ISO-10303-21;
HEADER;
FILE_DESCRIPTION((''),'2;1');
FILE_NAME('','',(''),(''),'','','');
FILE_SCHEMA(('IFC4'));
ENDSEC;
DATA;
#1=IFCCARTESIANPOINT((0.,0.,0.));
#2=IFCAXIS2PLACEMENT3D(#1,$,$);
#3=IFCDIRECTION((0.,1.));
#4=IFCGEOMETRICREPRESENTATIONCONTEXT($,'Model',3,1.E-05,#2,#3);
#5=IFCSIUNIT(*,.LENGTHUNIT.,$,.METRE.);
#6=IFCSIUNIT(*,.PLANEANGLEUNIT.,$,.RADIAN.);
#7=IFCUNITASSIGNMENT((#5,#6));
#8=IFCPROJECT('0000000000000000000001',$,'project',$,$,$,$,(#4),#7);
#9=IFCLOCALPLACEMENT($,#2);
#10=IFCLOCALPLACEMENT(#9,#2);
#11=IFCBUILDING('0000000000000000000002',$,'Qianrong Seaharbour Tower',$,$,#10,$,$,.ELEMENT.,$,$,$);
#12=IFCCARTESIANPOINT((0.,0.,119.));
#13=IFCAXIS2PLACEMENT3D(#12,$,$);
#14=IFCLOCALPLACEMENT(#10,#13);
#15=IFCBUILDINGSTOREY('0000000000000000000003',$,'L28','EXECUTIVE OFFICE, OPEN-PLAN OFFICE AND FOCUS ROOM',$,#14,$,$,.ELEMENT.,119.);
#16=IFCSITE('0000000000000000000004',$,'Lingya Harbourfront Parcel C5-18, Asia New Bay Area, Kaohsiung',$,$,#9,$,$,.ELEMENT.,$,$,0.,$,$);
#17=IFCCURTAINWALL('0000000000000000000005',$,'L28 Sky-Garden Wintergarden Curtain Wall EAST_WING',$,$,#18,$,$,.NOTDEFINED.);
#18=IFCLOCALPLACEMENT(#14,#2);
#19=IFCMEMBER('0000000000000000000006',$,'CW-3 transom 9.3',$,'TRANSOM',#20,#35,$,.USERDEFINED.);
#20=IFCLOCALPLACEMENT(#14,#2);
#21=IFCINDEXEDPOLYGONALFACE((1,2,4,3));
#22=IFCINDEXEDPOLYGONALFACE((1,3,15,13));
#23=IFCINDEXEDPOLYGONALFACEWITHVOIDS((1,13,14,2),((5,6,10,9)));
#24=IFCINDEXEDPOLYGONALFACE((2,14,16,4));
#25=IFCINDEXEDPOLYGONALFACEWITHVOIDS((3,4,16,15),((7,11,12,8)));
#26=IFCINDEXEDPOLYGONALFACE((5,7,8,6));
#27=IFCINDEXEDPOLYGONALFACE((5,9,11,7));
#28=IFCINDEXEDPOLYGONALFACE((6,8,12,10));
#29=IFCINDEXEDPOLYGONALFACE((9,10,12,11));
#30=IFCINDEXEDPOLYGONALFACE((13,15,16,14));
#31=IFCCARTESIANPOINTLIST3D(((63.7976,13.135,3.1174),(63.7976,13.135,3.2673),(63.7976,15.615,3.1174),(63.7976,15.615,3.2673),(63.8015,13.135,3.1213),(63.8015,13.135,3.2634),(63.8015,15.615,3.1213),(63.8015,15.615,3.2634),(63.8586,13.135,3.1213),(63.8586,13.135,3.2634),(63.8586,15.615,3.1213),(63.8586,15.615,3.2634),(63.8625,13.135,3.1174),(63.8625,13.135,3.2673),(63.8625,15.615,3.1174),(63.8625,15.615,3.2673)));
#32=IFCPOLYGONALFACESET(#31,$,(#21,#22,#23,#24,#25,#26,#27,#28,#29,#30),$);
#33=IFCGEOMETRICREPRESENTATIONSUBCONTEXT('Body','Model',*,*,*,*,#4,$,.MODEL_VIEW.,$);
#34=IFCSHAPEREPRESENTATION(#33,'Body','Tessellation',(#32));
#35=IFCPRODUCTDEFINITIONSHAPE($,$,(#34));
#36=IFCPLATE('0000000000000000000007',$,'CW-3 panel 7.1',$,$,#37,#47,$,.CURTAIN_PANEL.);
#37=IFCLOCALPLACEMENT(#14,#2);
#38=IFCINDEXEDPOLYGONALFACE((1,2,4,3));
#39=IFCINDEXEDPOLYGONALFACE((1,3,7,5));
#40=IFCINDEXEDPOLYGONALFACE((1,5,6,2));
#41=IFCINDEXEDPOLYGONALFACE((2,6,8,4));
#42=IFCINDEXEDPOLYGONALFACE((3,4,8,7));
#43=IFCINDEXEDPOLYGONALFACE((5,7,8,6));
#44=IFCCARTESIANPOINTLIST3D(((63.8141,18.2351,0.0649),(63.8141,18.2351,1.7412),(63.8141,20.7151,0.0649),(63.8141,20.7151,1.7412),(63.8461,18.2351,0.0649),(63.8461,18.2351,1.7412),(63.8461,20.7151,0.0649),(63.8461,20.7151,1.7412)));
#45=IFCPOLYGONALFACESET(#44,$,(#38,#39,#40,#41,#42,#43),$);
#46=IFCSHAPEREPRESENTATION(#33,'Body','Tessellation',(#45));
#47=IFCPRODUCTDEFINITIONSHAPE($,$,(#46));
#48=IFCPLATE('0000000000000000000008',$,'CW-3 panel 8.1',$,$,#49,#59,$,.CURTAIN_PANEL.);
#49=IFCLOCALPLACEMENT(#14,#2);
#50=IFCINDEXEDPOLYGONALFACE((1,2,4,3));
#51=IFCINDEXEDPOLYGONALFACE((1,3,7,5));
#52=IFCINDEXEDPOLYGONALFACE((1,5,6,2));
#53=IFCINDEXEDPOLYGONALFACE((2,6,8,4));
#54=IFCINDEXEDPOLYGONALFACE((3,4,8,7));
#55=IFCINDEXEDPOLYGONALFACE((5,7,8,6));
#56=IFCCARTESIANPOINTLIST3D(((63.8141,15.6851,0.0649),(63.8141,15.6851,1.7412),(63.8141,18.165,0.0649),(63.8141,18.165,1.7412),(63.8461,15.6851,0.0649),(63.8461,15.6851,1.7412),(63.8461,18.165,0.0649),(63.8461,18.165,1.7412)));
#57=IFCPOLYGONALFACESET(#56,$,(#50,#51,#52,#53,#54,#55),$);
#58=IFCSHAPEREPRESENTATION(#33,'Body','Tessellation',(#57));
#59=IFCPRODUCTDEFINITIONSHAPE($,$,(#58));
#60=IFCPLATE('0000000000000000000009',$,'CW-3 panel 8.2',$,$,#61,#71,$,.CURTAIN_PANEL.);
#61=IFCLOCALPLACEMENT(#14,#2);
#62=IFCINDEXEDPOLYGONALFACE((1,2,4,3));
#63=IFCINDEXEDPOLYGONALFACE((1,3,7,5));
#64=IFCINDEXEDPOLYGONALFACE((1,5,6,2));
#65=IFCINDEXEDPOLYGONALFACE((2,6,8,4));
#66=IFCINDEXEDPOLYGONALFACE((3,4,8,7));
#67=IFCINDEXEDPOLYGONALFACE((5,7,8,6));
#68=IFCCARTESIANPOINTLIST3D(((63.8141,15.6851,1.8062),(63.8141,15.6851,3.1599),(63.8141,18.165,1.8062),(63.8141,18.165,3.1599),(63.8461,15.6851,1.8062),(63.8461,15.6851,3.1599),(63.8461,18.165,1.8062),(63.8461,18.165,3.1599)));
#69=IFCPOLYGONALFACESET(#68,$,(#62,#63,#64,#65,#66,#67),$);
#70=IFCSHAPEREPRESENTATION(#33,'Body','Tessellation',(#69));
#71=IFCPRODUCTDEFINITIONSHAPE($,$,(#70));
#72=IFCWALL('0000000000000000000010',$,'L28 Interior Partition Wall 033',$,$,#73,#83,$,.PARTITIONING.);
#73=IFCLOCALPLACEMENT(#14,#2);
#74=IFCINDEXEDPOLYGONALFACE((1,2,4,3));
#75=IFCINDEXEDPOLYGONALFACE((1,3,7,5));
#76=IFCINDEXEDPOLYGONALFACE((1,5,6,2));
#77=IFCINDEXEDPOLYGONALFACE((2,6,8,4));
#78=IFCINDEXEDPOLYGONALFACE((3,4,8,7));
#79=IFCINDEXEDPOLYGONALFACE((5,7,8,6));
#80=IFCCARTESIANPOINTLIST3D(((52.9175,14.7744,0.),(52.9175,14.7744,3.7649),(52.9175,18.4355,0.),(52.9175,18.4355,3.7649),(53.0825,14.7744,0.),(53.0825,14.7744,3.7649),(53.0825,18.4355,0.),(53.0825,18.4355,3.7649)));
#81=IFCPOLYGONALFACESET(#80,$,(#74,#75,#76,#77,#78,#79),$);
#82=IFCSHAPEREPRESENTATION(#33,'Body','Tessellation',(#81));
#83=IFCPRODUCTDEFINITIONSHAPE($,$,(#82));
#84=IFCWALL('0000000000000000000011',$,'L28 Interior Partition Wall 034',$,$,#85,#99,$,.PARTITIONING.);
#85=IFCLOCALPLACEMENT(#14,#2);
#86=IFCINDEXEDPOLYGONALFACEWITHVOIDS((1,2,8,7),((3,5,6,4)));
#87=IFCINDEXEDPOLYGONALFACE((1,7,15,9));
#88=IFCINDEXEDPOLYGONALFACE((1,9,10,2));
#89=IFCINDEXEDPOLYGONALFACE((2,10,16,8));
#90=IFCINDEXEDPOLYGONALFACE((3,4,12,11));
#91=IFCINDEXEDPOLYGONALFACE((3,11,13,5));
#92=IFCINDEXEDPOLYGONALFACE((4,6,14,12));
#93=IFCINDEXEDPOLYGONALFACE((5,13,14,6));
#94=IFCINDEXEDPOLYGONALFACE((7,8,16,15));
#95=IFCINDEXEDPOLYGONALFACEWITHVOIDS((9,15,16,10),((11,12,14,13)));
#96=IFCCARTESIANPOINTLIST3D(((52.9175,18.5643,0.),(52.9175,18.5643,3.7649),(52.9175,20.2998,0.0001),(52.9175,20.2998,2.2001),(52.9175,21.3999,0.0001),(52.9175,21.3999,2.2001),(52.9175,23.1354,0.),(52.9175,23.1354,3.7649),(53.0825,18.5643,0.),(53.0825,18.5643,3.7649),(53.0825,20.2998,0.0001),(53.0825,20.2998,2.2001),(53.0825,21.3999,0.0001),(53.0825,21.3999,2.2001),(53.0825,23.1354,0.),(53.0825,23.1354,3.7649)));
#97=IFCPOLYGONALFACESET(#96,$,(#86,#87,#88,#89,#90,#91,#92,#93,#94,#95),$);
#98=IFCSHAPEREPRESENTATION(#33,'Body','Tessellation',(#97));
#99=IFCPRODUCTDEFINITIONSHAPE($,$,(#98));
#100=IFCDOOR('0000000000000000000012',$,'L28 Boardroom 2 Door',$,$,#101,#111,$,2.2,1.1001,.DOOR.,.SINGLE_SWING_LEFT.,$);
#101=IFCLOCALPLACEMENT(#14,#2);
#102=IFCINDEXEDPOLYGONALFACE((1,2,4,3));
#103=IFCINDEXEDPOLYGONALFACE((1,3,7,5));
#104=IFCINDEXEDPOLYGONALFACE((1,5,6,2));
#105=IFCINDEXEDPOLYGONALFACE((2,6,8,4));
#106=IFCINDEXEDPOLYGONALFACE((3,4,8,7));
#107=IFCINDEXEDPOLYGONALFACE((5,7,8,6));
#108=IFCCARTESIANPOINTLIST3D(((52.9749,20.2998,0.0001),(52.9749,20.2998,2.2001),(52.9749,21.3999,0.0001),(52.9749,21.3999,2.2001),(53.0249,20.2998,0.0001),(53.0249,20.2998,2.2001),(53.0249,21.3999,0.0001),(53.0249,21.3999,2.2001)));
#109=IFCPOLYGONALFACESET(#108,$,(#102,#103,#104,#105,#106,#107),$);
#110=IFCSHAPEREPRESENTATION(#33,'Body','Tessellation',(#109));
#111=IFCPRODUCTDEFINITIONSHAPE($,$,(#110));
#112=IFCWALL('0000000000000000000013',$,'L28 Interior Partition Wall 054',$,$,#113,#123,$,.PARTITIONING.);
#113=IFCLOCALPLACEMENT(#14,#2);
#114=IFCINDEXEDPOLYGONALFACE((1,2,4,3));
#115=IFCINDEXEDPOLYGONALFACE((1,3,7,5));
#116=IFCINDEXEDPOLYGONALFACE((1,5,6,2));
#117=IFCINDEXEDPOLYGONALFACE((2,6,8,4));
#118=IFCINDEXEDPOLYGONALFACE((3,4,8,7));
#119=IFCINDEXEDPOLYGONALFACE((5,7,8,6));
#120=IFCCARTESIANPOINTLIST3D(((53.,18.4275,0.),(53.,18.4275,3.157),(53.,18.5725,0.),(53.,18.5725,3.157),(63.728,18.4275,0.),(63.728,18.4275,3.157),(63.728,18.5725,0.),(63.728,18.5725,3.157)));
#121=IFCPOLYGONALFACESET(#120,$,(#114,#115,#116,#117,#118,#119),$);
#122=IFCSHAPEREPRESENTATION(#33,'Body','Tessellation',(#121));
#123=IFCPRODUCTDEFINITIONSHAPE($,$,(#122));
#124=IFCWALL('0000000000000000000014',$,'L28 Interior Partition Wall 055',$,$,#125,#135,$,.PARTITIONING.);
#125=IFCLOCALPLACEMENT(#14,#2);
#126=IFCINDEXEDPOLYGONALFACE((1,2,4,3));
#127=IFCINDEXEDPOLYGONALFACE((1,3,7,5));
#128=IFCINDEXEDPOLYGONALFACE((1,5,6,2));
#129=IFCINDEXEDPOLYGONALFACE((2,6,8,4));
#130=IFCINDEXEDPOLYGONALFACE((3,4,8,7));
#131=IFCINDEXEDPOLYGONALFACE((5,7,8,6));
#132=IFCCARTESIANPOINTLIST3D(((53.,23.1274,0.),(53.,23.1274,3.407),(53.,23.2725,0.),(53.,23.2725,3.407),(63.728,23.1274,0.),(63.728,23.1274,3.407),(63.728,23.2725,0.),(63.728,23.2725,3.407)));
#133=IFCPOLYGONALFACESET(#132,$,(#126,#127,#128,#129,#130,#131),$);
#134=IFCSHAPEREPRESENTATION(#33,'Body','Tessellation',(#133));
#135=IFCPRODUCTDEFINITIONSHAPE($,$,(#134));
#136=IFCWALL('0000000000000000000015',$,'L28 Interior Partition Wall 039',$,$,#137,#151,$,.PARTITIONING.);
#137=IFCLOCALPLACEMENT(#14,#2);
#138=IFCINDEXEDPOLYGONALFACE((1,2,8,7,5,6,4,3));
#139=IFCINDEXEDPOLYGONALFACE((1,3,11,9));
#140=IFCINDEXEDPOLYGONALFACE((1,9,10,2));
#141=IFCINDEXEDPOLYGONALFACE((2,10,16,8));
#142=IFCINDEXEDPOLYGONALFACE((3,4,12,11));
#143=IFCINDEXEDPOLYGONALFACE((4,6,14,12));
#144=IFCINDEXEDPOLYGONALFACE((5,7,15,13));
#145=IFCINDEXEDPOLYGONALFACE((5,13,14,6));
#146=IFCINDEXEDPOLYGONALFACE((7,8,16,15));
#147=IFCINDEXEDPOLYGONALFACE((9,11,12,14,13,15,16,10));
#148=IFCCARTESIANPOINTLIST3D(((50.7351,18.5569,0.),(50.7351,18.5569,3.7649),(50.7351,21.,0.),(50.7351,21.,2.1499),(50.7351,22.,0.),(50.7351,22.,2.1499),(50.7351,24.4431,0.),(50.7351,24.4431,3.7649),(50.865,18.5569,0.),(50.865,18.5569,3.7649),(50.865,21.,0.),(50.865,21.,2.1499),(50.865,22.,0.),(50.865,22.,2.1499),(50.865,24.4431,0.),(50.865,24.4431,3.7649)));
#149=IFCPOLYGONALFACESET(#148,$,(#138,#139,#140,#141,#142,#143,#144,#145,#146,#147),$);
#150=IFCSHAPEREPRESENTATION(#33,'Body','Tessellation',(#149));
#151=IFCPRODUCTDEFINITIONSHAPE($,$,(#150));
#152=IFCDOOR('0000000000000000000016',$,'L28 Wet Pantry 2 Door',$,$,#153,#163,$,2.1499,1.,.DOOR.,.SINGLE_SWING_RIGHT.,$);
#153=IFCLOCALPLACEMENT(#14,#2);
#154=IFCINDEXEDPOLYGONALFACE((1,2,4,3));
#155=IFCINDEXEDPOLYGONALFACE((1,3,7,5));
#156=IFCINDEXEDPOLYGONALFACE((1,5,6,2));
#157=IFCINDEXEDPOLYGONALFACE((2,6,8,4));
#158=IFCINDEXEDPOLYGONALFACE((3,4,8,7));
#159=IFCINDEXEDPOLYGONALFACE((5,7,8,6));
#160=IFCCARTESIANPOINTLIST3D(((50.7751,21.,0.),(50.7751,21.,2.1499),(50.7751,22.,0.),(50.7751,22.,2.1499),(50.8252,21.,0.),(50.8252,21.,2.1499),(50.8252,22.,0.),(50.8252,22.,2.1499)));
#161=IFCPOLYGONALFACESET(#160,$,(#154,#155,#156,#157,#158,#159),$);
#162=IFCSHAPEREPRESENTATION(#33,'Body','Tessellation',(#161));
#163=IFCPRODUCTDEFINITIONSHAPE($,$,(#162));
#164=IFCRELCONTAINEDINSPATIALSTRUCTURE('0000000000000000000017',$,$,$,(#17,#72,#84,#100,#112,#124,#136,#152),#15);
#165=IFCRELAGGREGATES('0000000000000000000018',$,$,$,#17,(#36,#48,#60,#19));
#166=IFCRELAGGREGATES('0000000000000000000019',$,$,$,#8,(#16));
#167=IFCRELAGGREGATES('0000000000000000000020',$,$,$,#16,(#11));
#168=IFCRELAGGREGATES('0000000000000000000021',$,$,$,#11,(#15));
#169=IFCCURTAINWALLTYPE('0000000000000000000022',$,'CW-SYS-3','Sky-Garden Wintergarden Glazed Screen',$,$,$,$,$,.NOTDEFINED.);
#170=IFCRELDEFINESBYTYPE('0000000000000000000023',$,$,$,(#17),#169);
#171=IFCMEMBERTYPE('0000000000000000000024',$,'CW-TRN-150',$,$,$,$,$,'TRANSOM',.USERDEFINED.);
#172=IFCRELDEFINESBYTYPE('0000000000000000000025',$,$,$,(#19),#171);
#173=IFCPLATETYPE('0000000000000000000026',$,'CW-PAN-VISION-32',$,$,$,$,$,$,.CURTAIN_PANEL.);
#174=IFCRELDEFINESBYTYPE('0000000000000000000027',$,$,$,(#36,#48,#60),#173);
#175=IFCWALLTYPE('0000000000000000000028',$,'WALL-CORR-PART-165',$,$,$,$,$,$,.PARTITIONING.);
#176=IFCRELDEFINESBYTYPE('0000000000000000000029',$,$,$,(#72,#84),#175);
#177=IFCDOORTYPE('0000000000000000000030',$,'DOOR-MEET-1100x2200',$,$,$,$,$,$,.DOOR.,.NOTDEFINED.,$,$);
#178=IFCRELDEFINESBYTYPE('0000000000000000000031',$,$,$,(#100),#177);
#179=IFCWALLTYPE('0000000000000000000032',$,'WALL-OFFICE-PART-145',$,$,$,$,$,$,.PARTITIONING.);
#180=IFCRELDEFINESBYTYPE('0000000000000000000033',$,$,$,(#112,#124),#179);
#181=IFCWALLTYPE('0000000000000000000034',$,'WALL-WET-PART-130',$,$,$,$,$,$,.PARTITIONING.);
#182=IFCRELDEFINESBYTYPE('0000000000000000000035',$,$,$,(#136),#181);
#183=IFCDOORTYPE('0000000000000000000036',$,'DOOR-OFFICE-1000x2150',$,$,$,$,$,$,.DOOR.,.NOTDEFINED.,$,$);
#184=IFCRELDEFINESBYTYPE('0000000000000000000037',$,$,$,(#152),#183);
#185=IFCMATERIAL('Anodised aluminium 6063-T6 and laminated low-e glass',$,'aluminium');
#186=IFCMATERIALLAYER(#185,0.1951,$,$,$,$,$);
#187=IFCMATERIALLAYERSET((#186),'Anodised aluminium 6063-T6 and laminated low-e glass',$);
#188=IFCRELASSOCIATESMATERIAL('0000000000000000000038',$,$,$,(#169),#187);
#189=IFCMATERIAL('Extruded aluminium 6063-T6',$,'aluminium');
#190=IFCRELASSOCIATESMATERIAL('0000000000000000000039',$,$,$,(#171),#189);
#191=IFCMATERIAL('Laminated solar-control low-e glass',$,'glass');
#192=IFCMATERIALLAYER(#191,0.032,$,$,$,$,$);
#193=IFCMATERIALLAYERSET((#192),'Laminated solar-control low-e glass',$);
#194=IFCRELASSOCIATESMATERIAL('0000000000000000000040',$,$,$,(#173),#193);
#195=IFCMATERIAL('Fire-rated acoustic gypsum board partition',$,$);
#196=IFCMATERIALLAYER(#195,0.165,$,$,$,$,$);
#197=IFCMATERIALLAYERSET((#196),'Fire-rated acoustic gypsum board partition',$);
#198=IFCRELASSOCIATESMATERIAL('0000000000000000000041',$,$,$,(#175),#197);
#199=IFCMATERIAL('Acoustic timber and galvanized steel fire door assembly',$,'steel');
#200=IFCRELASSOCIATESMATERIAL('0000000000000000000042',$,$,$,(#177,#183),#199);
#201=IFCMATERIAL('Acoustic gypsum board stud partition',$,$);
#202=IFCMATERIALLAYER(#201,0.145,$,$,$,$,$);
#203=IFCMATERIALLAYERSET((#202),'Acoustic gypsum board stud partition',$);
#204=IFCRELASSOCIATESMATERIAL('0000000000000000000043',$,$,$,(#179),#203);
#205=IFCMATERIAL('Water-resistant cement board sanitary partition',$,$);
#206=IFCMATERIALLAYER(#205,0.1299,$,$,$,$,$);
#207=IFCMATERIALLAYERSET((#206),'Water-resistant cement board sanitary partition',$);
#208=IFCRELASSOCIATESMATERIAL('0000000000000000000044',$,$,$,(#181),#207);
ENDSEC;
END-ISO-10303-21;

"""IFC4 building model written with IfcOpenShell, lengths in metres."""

from ifc_helpers import new_model, si_unit, direction, frame, frame_2d, origin, origin_2d, place, context, subcontext, project, spatial, rectangle, hollow_rectangle, extrude, material, layer, layer_set, material_profile, profile_set, type_object, element, fill, aggregate, save


model = new_model("IFC4")

# Units and contexts
model_context = context("Model", 3, precision=1e-05, world=origin(), true_north=direction((0.0, 1.0)))
body_context = subcontext(model_context, "Body", "Model", "MODEL_VIEW")
ifc_project = project(units=[si_unit("LENGTHUNIT", "METRE"), si_unit("PLANEANGLEUNIT", "RADIAN")], contexts=[model_context])

# Site, building, storey
site_placement = place(None, origin())
site = spatial("IfcSite", under=ifc_project, at=site_placement, Name="Lingya Harbourfront Parcel C5-18, Asia New Bay Area, Kaohsiung", CompositionType="ELEMENT", RefElevation=0.0)
building_placement = place(site_placement, origin())
building = spatial("IfcBuilding", under=site, at=building_placement, Name="Qianrong Seaharbour Tower", CompositionType="ELEMENT")
storey_placement = place(building_placement, frame((0.0, 0.0, 119.0)))
storey = spatial("IfcBuildingStorey", under=building, at=storey_placement, Name="L28", Description="EXECUTIVE OFFICE, OPEN-PLAN OFFICE AND FOCUS ROOM", CompositionType="ELEMENT", Elevation=119.0)

# Curtain wall, member, plates
ifc_material_1 = material(Name="Anodised aluminium 6063-T6 and laminated low-e glass", Category="aluminium")
ifc_layer_1 = layer(ifc_material_1, 0.1951)
ifc_layer_set_1 = layer_set([ifc_layer_1], Name="Anodised aluminium 6063-T6 and laminated low-e glass")
curtain_wall_type = type_object("IfcCurtainWallType", Name="CW-SYS-3", Description="Sky-Garden Wintergarden Glazed Screen", PredefinedType="NOTDEFINED", material=ifc_layer_set_1)
curtain_wall_placement = place(storey_placement, origin())
curtain_wall = element("IfcCurtainWall", 1, at=curtain_wall_placement, inside=storey, type_object=curtain_wall_type, Name="L28 Sky-Garden Wintergarden Curtain Wall EAST_WING", PredefinedType="NOTDEFINED")
ifc_material_2 = material(Name="Extruded aluminium 6063-T6", Category="aluminium")
ifc_material_profile_1 = material_profile(ifc_material_2, hollow_rectangle(XDim=0.0649, YDim=0.1499, WallThickness=0.0039, at=origin_2d()), Name="ALU-TRN-150x65x4")
ifc_profile_set_1 = profile_set([ifc_material_profile_1], Name="Extruded aluminium 6063-T6")
member_type_1 = type_object("IfcMemberType", Name="CW-TRN-150", ElementType="TRANSOM", PredefinedType="USERDEFINED", material=ifc_profile_set_1)
member_1_placement = place(storey_placement, frame((63.8301, 15.615, 3.1924), z_axis=(0.0, -1.0, 0.0), x_axis=(1.0, 0.0, 0.0)))
member_1 = element("IfcMember", 2, at=member_1_placement, type_object=member_type_1, Name="CW-3 transom 9.3", ObjectType="TRANSOM", PredefinedType="USERDEFINED", context=body_context, shape_type="SweptSolid", body=[
    extrude(hollow_rectangle(XDim=0.0649, YDim=0.1499, WallThickness=0.0039, at=origin_2d()), origin(), (0.0, 0.0, 1.0), 2.48),
])
ifc_material_3 = material(Name="Laminated solar-control low-e glass", Category="glass")
ifc_layer_2 = layer(ifc_material_3, 0.032)
ifc_layer_set_2 = layer_set([ifc_layer_2], Name="Laminated solar-control low-e glass")
plate_type = type_object("IfcPlateType", Name="CW-PAN-VISION-32", PredefinedType="CURTAIN_PANEL", material=ifc_layer_set_2)
plate_1_placement = place(storey_placement, frame((63.8301, 19.4751, 0.0649), z_axis=(0.0, 0.0, 1.0), x_axis=(0.0, -1.0, 0.0)))
plate_1 = element("IfcPlate", 3, at=plate_1_placement, type_object=plate_type, Name="CW-3 panel 7.1", PredefinedType="CURTAIN_PANEL", context=body_context, shape_type="SweptSolid", body=[
    extrude(rectangle(XDim=2.48, YDim=0.032, at=origin_2d()), origin(), (0.0, 0.0, 1.0), 1.6763),
])
plate_2_placement = place(storey_placement, frame((63.8301, 16.925, 0.0649), z_axis=(0.0, 0.0, 1.0), x_axis=(0.0, -1.0, 0.0)))
plate_2 = element("IfcPlate", 4, at=plate_2_placement, type_object=plate_type, Name="CW-3 panel 8.1", PredefinedType="CURTAIN_PANEL", context=body_context, shape_type="SweptSolid", body=[
    extrude(rectangle(XDim=2.48, YDim=0.032, at=origin_2d()), origin(), (0.0, 0.0, 1.0), 1.6763),
])
plate_3_placement = place(storey_placement, frame((63.8301, 16.925, 1.8062), z_axis=(0.0, 0.0, 1.0), x_axis=(0.0, -1.0, 0.0)))
plate_3 = element("IfcPlate", 5, at=plate_3_placement, type_object=plate_type, Name="CW-3 panel 8.2", PredefinedType="CURTAIN_PANEL", context=body_context, shape_type="SweptSolid", body=[
    extrude(rectangle(XDim=2.48, YDim=0.032, at=origin_2d()), origin(), (0.0, 0.0, 1.0), 1.3538),
])
aggregate(curtain_wall, [plate_1, plate_2, plate_3, member_1])

# Wall
ifc_material_4 = material(Name="Fire-rated acoustic gypsum board partition")
ifc_layer_3 = layer(ifc_material_4, 0.165)
ifc_layer_set_3 = layer_set([ifc_layer_3], Name="Fire-rated acoustic gypsum board partition")
wall_type_1 = type_object("IfcWallType", Name="WALL-CORR-PART-165", PredefinedType="PARTITIONING", material=ifc_layer_set_3)
wall_1_placement = place(storey_placement, frame((53.0, 18.4355, 0.0), z_axis=(0.0, 0.0, 1.0), x_axis=(0.0, -1.0, 0.0)))
element("IfcWall", 6, at=wall_1_placement, inside=storey, type_object=wall_type_1, Name="L28 Interior Partition Wall 033", PredefinedType="PARTITIONING", context=body_context, shape_type="SweptSolid", body=[
    extrude(rectangle(XDim=3.6611, YDim=0.165, at=frame_2d((1.8306, 0.0))), origin(), (0.0, 0.0, 1.0), 3.7649),
])

# Wall, opening, door
wall_2_placement = place(storey_placement, frame((53.0, 23.1355, 0.0), z_axis=(0.0, 0.0, 1.0), x_axis=(0.0, -1.0, 0.0)))
wall_2 = element("IfcWall", 7, at=wall_2_placement, inside=storey, type_object=wall_type_1, Name="L28 Interior Partition Wall 034", PredefinedType="PARTITIONING", context=body_context, shape_type="SweptSolid", body=[
    extrude(rectangle(XDim=4.571, YDim=0.165, at=frame_2d((2.2856, 0.0))), origin(), (0.0, 0.0, 1.0), 3.7649),
])
opening_1_placement = place(wall_2_placement, frame((1.7356, 0.0, 0.0)))
opening_1 = element("IfcOpeningElement", 8, at=opening_1_placement, cuts=wall_2, PredefinedType="OPENING", context=body_context, shape_type="SweptSolid", body=[
    extrude(rectangle(XDim=1.1001, YDim=2.2, at=frame_2d((0.55, 1.1001))), frame((0.0, 0.0925, 0.0), z_axis=(0.0, -1.0, 0.0), x_axis=(1.0, 0.0, 0.0)), (0.0, 0.0, 1.0), 0.1851),
])
ifc_material_5 = material(Name="Acoustic timber and galvanized steel fire door assembly", Category="steel")
door_type_1 = type_object("IfcDoorType", Name="DOOR-MEET-1100x2200", OperationType="NOTDEFINED", PredefinedType="DOOR", material=ifc_material_5)
door_1_placement = place(opening_1_placement, origin())
door_1 = element("IfcDoor", 9, at=door_1_placement, inside=storey, type_object=door_type_1, Name="L28 Boardroom 2 Door", OperationType="SINGLE_SWING_LEFT", OverallHeight=2.2, OverallWidth=1.1001, PredefinedType="DOOR", context=body_context, shape_type="SweptSolid", body=[
    extrude(rectangle(XDim=1.1001, YDim=2.2, at=frame_2d((0.55, 1.1001))), frame((0.0, 0.0249, 0.0), z_axis=(0.0, -1.0, 0.0), x_axis=(1.0, 0.0, 0.0)), (0.0, 0.0, 1.0), 0.05),
])
fill(opening_1, door_1)
door_type_2 = type_object("IfcDoorType", Name="DOOR-OFFICE-1000x2150", OperationType="NOTDEFINED", PredefinedType="DOOR", material=ifc_material_5)

# Walls
ifc_material_6 = material(Name="Acoustic gypsum board stud partition")
ifc_layer_4 = layer(ifc_material_6, 0.145)
ifc_layer_set_4 = layer_set([ifc_layer_4], Name="Acoustic gypsum board stud partition")
wall_type_2 = type_object("IfcWallType", Name="WALL-OFFICE-PART-145", PredefinedType="PARTITIONING", material=ifc_layer_set_4)
wall_3_placement = place(storey_placement, frame((53.0, 18.5, 0.0), z_axis=(0.0, 0.0, 1.0), x_axis=(1.0, 0.0, 0.0)))
element("IfcWall", 10, at=wall_3_placement, inside=storey, type_object=wall_type_2, Name="L28 Interior Partition Wall 054", PredefinedType="PARTITIONING", context=body_context, shape_type="SweptSolid", body=[
    extrude(rectangle(XDim=10.728, YDim=0.145, at=frame_2d((5.364, 0.0))), origin(), (0.0, 0.0, 1.0), 3.157),
])
wall_4_placement = place(storey_placement, frame((53.0, 23.2, 0.0), z_axis=(0.0, 0.0, 1.0), x_axis=(1.0, 0.0, 0.0)))
element("IfcWall", 11, at=wall_4_placement, inside=storey, type_object=wall_type_2, Name="L28 Interior Partition Wall 055", PredefinedType="PARTITIONING", context=body_context, shape_type="SweptSolid", body=[
    extrude(rectangle(XDim=10.728, YDim=0.145, at=frame_2d((5.364, 0.0))), origin(), (0.0, 0.0, 1.0), 3.407),
])

# Wall, opening, door
ifc_material_7 = material(Name="Water-resistant cement board sanitary partition")
ifc_layer_5 = layer(ifc_material_7, 0.1299)
ifc_layer_set_5 = layer_set([ifc_layer_5], Name="Water-resistant cement board sanitary partition")
wall_type_3 = type_object("IfcWallType", Name="WALL-WET-PART-130", PredefinedType="PARTITIONING", material=ifc_layer_set_5)
wall_5_placement = place(storey_placement, frame((50.8, 18.5569, 0.0), z_axis=(0.0, 0.0, 1.0), x_axis=(0.0, 1.0, 0.0)))
wall_5 = element("IfcWall", 12, at=wall_5_placement, inside=storey, type_object=wall_type_3, Name="L28 Interior Partition Wall 039", PredefinedType="PARTITIONING", context=body_context, shape_type="SweptSolid", body=[
    extrude(rectangle(XDim=5.8862, YDim=0.1299, at=frame_2d((2.9431, 0.0))), origin(), (0.0, 0.0, 1.0), 3.7649),
])
opening_2_placement = place(wall_5_placement, frame((2.4431, 0.0, 0.0)))
opening_2 = element("IfcOpeningElement", 13, at=opening_2_placement, cuts=wall_5, PredefinedType="OPENING", context=body_context, shape_type="SweptSolid", body=[
    extrude(rectangle(XDim=1.0, YDim=2.1499, at=frame_2d((0.5, 1.075))), frame((0.0, 0.075, 0.0), z_axis=(0.0, -1.0, 0.0), x_axis=(1.0, 0.0, 0.0)), (0.0, 0.0, 1.0), 0.1499),
])
door_2_placement = place(opening_2_placement, origin())
door_2 = element("IfcDoor", 14, at=door_2_placement, inside=storey, type_object=door_type_2, Name="L28 Wet Pantry 2 Door", OperationType="SINGLE_SWING_RIGHT", OverallHeight=2.1499, OverallWidth=1.0, PredefinedType="DOOR", context=body_context, shape_type="SweptSolid", body=[
    extrude(rectangle(XDim=1.0, YDim=2.1499, at=frame_2d((0.5, 1.075))), frame((0.0, 0.0249, 0.0), z_axis=(0.0, -1.0, 0.0), x_axis=(1.0, 0.0, 0.0)), (0.0, 0.0, 1.0), 0.05),
])
fill(opening_2, door_2)

save(model, "model.ifc")
